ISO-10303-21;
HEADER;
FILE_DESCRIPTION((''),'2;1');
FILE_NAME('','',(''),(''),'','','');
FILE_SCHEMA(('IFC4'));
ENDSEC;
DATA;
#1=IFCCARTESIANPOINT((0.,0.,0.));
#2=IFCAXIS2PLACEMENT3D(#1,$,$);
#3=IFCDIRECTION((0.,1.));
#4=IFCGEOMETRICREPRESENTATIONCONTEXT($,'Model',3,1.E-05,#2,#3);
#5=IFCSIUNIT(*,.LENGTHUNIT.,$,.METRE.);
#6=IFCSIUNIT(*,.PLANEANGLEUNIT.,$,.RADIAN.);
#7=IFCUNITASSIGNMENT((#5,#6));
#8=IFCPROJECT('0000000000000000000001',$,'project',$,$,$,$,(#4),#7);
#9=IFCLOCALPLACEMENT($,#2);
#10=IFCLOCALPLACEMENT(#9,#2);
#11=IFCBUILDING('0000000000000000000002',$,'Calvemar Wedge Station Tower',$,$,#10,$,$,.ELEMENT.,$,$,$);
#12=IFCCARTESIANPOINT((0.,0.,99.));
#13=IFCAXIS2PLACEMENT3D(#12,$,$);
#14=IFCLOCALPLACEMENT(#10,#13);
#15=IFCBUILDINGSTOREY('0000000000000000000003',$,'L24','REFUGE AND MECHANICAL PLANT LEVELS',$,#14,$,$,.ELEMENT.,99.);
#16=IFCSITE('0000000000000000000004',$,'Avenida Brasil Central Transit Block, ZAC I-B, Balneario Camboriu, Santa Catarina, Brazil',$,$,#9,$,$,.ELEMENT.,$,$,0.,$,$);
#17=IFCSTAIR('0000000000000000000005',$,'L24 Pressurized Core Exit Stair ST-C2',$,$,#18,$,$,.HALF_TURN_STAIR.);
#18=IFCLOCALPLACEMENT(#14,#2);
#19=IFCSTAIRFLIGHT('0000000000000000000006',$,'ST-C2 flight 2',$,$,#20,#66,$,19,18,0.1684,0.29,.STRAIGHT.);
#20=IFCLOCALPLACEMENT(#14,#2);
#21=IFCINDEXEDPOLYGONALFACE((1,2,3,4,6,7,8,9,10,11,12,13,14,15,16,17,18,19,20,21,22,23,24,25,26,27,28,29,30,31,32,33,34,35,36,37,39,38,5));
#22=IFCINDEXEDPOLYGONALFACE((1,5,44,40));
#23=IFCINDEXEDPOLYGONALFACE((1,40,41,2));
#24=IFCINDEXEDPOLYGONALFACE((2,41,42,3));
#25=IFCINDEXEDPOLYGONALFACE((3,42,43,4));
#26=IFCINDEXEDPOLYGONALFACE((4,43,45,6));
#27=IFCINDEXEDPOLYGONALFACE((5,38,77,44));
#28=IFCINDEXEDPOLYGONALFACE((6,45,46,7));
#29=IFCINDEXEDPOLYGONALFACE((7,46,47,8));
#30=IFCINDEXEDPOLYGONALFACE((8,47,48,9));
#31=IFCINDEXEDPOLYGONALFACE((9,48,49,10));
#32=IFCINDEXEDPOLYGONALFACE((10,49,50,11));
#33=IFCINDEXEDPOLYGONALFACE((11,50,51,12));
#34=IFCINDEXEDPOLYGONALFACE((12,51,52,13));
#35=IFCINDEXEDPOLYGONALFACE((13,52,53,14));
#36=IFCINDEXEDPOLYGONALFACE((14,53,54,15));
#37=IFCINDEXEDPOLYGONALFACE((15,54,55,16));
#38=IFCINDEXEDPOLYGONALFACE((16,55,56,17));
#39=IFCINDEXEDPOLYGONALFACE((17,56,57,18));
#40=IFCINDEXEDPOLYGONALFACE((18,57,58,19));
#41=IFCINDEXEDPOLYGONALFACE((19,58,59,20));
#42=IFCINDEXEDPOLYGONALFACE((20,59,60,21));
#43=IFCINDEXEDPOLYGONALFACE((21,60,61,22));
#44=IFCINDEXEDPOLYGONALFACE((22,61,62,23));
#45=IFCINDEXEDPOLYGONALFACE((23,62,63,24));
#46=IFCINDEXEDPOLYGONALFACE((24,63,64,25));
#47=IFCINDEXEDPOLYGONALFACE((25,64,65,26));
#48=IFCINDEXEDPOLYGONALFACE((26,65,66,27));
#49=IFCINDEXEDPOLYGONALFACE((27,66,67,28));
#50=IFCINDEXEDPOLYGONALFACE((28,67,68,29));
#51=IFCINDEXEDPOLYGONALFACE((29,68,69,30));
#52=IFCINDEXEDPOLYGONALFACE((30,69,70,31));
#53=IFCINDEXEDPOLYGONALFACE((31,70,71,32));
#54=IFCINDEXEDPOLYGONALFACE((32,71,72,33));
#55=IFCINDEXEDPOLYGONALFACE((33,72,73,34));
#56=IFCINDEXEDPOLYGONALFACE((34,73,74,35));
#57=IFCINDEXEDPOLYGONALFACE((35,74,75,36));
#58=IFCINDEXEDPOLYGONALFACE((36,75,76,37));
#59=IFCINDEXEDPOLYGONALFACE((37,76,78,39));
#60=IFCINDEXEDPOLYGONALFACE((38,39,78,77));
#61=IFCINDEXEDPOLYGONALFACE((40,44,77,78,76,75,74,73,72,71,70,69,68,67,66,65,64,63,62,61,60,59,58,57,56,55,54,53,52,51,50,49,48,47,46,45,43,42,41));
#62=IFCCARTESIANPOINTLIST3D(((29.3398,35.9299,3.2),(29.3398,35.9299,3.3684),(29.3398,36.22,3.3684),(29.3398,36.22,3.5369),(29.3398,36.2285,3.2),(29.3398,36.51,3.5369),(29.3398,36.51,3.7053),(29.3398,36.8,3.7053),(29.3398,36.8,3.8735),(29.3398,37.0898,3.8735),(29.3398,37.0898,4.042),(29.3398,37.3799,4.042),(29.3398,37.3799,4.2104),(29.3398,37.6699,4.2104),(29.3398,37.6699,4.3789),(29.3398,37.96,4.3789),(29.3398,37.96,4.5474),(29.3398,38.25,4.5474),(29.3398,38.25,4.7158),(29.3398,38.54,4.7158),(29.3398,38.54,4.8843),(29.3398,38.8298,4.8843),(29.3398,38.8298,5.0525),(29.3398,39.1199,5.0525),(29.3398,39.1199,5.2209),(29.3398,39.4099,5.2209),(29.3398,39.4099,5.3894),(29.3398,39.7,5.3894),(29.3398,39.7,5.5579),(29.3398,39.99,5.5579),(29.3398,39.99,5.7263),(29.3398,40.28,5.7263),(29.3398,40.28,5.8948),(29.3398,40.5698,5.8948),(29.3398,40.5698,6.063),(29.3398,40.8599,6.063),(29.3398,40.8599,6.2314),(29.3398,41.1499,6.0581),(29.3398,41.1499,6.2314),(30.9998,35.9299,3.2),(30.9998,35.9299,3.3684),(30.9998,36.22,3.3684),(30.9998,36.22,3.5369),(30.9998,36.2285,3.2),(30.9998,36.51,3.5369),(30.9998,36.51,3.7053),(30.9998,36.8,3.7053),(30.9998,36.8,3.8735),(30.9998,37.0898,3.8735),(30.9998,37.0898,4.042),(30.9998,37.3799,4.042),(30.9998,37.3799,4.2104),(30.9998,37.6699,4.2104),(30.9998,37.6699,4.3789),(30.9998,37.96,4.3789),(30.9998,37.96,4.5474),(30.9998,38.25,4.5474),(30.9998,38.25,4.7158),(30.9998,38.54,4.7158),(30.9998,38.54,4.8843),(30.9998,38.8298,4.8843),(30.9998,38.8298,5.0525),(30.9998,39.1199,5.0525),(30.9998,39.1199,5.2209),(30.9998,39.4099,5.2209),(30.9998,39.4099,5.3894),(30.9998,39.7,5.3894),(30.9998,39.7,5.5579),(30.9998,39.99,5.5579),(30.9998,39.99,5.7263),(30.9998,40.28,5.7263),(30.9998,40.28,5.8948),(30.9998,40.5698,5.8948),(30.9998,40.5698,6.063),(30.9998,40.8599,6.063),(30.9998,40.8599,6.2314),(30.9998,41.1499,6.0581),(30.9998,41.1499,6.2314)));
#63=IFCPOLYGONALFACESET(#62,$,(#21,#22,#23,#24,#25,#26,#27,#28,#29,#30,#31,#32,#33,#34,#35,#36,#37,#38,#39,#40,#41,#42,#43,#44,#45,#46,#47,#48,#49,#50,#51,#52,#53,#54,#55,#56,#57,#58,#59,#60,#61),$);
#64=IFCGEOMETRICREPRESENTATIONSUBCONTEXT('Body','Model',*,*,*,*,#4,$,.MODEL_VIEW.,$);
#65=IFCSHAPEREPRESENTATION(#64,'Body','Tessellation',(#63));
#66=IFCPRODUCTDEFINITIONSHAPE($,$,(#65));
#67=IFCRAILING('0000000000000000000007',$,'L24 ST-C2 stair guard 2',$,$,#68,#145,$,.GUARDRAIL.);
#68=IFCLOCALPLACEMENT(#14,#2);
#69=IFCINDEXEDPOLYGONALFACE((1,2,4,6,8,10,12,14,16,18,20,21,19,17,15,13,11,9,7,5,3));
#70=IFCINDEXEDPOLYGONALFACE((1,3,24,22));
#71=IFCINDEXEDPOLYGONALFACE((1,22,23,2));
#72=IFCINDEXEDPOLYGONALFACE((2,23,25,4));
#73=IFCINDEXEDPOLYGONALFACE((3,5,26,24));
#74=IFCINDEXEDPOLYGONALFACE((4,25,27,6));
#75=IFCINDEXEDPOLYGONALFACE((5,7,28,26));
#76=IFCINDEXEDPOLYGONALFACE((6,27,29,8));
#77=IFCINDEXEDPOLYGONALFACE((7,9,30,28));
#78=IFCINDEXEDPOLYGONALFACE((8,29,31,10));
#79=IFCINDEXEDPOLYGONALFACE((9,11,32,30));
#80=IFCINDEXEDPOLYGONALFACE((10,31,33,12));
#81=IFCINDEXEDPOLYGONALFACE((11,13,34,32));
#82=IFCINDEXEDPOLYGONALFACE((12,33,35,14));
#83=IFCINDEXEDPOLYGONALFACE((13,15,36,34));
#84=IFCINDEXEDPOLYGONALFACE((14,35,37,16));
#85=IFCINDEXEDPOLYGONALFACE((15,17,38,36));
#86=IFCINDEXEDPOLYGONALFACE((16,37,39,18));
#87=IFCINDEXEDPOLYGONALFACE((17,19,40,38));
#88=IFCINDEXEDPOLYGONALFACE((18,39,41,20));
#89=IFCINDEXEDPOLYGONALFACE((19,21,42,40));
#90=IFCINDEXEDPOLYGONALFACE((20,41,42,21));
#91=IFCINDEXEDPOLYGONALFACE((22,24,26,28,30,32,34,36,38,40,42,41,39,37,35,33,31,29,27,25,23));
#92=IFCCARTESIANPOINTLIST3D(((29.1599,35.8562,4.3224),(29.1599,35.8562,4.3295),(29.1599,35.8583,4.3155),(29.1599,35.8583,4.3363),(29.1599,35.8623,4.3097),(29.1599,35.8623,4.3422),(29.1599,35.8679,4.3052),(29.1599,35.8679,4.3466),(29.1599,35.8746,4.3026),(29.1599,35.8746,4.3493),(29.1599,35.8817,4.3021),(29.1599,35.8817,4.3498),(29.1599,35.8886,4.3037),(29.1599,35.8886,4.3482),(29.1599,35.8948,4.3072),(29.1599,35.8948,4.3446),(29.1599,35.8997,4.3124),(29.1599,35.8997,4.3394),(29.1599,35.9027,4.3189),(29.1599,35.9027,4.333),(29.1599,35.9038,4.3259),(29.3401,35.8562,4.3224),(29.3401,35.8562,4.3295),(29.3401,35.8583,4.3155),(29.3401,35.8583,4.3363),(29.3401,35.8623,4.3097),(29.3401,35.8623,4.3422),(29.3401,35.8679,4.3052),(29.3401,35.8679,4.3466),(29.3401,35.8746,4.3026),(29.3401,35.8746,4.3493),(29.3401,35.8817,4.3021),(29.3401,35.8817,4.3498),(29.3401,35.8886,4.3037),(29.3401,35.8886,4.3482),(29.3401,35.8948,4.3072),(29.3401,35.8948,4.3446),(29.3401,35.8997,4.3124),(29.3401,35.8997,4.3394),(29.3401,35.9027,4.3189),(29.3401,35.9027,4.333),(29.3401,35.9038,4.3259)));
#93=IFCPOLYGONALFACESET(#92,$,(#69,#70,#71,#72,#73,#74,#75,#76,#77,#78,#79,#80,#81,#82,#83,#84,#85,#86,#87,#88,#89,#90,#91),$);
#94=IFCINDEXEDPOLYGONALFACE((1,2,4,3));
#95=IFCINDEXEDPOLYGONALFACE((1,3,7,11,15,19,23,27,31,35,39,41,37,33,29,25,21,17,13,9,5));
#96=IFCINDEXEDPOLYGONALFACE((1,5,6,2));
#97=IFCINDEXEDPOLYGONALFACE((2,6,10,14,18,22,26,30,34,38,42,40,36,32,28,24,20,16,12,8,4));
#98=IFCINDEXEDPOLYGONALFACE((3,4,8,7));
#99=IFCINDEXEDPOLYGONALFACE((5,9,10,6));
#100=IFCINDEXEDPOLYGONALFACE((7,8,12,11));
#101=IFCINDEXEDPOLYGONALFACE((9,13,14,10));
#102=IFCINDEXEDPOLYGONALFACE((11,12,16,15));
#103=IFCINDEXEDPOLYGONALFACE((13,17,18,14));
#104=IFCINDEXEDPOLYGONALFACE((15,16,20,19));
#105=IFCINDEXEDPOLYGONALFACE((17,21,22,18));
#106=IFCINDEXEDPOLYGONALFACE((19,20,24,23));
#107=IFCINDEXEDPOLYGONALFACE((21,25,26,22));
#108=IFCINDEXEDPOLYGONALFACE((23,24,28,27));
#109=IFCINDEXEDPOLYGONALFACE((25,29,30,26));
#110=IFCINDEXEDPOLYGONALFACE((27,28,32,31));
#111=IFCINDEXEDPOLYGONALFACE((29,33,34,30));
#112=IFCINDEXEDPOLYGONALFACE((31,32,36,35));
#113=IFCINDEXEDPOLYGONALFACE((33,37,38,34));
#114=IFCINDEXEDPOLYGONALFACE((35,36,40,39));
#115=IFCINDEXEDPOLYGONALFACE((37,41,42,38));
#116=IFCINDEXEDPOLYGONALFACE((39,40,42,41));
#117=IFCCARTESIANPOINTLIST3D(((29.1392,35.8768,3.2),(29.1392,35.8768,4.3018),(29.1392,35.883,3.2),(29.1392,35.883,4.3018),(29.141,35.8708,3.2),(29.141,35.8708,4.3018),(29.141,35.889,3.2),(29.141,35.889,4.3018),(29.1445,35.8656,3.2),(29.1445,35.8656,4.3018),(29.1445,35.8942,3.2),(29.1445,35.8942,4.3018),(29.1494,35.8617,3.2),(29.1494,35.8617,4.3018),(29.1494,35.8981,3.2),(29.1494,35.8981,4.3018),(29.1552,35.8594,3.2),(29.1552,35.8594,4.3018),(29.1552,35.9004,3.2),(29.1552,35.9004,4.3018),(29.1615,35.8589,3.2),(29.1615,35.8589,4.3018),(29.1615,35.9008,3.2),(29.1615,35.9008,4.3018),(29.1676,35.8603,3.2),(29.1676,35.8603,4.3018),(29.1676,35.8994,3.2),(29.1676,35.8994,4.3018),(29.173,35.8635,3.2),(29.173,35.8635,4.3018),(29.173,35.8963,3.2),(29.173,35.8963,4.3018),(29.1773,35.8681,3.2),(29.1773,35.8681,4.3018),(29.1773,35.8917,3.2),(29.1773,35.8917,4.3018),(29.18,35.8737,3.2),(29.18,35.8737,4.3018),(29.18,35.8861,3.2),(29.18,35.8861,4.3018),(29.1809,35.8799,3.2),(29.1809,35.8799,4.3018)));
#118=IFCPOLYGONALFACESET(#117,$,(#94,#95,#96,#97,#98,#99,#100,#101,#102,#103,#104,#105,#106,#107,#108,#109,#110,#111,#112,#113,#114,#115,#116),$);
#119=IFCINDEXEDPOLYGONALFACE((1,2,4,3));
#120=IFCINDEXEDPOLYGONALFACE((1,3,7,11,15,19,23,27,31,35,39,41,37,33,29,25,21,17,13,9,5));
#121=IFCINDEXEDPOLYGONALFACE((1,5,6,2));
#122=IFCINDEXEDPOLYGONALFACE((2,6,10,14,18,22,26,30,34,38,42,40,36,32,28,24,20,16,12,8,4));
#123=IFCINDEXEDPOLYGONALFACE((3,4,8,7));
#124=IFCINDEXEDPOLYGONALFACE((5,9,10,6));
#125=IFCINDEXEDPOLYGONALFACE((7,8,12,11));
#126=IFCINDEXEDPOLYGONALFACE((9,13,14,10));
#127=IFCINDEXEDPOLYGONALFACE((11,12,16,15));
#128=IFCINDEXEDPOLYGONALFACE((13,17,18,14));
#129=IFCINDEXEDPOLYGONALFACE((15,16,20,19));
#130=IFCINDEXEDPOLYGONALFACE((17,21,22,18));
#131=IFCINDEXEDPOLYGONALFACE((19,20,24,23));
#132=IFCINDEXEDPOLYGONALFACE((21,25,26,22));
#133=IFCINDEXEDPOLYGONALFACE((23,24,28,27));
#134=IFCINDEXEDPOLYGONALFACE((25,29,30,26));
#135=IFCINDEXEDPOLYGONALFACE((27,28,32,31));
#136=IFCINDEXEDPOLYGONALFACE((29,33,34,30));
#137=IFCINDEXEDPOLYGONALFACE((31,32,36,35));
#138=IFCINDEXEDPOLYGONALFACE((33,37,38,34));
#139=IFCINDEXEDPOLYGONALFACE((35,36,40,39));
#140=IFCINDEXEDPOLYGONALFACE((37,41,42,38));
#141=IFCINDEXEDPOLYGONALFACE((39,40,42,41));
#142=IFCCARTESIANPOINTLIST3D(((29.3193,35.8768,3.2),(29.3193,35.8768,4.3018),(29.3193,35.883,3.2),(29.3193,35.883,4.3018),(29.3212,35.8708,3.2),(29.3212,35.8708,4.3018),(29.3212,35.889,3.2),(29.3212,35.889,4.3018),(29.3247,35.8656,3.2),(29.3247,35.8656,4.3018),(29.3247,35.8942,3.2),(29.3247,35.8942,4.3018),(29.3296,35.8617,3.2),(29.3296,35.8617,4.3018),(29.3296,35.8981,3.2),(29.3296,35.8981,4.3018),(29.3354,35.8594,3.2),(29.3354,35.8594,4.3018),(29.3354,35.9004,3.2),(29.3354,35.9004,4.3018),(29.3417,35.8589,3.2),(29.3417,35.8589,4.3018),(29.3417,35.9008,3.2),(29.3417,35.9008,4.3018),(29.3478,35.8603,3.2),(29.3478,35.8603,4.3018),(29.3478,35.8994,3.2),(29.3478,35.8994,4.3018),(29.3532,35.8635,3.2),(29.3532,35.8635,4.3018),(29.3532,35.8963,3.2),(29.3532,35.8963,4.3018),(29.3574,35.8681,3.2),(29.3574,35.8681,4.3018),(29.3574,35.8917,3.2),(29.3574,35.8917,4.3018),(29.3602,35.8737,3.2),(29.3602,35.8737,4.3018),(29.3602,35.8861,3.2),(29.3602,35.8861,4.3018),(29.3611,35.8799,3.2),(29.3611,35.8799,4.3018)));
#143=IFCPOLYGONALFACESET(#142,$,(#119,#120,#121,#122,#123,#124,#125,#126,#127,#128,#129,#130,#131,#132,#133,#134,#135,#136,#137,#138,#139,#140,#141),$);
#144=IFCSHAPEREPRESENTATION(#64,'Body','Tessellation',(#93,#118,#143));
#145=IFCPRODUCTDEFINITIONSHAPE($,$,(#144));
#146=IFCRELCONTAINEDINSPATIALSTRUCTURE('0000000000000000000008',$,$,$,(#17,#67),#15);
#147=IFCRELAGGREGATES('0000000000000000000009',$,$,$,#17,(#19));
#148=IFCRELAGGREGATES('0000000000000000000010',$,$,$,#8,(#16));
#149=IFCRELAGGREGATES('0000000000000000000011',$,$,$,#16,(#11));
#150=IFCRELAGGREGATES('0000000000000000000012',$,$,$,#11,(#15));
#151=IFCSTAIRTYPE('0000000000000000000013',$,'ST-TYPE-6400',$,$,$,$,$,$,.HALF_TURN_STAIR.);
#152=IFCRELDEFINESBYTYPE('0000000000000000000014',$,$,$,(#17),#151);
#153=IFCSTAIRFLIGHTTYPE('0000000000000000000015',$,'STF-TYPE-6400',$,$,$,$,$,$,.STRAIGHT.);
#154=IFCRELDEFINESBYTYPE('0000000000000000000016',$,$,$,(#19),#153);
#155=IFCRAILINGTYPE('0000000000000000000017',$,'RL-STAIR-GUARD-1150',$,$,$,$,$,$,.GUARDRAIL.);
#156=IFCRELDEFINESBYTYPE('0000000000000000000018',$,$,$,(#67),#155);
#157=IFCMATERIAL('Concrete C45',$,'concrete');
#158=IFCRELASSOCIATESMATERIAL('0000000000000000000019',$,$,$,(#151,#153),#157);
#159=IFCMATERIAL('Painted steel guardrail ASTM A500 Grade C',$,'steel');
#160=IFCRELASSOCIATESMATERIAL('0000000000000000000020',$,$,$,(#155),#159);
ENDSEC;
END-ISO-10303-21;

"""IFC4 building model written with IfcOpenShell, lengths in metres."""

from ifc_helpers import new_model, si_unit, direction, frame, origin, origin_2d, place, context, subcontext, project, spatial, polyline, circle, outline, extrude, material, type_object, element, aggregate, save


model = new_model("IFC4")

# Units and contexts
model_context = context("Model", 3, precision=1e-05, world=origin(), true_north=direction((0.0, 1.0)))
body_context = subcontext(model_context, "Body", "Model", "MODEL_VIEW")
ifc_project = project(units=[si_unit("LENGTHUNIT", "METRE"), si_unit("PLANEANGLEUNIT", "RADIAN")], contexts=[model_context])

# Site, building, storey
site_placement = place(None, origin())
site = spatial("IfcSite", under=ifc_project, at=site_placement, Name="Avenida Brasil Central Transit Block, ZAC I-B, Balneario Camboriu, Santa Catarina, Brazil", CompositionType="ELEMENT", RefElevation=0.0)
building_placement = place(site_placement, origin())
building = spatial("IfcBuilding", under=site, at=building_placement, Name="Calvemar Wedge Station Tower", CompositionType="ELEMENT")
storey_placement = place(building_placement, frame((0.0, 0.0, 99.0)))
storey = spatial("IfcBuildingStorey", under=building, at=storey_placement, Name="L24", Description="REFUGE AND MECHANICAL PLANT LEVELS", CompositionType="ELEMENT", Elevation=99.0)

# Stair, stair flight
ifc_material_1 = material(Name="Concrete C45", Category="concrete")
stair_type = type_object("IfcStairType", Name="ST-TYPE-6400", PredefinedType="HALF_TURN_STAIR", material=ifc_material_1)
stair_placement = place(storey_placement, origin())
stair = element("IfcStair", 1, at=stair_placement, inside=storey, type_object=stair_type, Name="L24 Pressurized Core Exit Stair ST-C2", PredefinedType="HALF_TURN_STAIR")
stair_flight_type = type_object("IfcStairFlightType", Name="STF-TYPE-6400", PredefinedType="STRAIGHT", material=ifc_material_1)
stair_flight_placement = place(storey_placement, frame((30.1699, 35.9299, 3.2), z_axis=(0.0, 0.0, 1.0), x_axis=(0.0, 1.0, 0.0)))
stair_flight = element("IfcStairFlight", 2, at=stair_flight_placement, type_object=stair_flight_type, Name="ST-C2 flight 2", NumberOfRisers=19, NumberOfTreads=18, PredefinedType="STRAIGHT", RiserHeight=0.1684, TreadLength=0.29, context=body_context, shape_type="SweptSolid", body=[
    extrude(outline(polyline([(0.0, 0.0), (0.0, 0.1685), (0.29, 0.1685), (0.29, 0.3369), (0.5801, 0.3369), (0.5801, 0.5054), (0.8701, 0.5054), (0.8701, 0.6736), (1.1599, 0.6736), (1.1599, 0.842), (1.45, 0.842), (1.45, 1.0105), (1.74, 1.0105), (1.74, 1.179), (2.03, 1.179), (2.03, 1.3474), (2.3201, 1.3474), (2.3201, 1.5159), (2.6101, 1.5159), (2.6101, 1.6843), (2.8999, 1.6843), (2.8999, 1.8525), (3.1899, 1.8525), (3.1899, 2.021), (3.48, 2.021), (3.48, 2.1895), (3.77, 2.1895), (3.77, 2.3579), (4.0601, 2.3579), (4.0601, 2.5264), (4.3501, 2.5264), (4.3501, 2.6948), (4.6399, 2.6948), (4.6399, 2.863), (4.9299, 2.863), (4.9299, 3.0315), (5.22, 3.0315), (5.22, 3.2), (5.22, 2.8582), (0.2986, 0.0), (0.0, 0.0)])), frame((0.0, 0.8301, 0.0), z_axis=(0.0, -1.0, 0.0), x_axis=(1.0, 0.0, 0.0)), (0.0, 0.0, 1.0), 1.6599),
])
aggregate(stair, [stair_flight])

# Railing
ifc_material_2 = material(Name="Painted steel guardrail ASTM A500 Grade C", Category="steel")
railing_type_1 = type_object("IfcRailingType", Name="RL-STAIR-GUARD-1150", PredefinedType="GUARDRAIL", material=ifc_material_2)
railing_1_placement = place(storey_placement, frame((29.1599, 35.8799, 3.2)))
element("IfcRailing", 3, at=railing_1_placement, inside=storey, type_object=railing_type_1, Name="L24 ST-C2 stair guard 2", PredefinedType="GUARDRAIL", context=body_context, shape_type="SweptSolid", body=[
    extrude(circle(Radius=0.0239, at=origin_2d()), frame((0.0, 0.0, 1.126), z_axis=(1.0, 0.0, 0.0), x_axis=(0.0, 1.0, 0.0)), (0.0, 0.0, 1.0), 0.1802),
    extrude(circle(Radius=0.021, at=origin_2d()), origin(), (0.0, 0.0, 1.0), 1.1018),
    extrude(circle(Radius=0.021, at=origin_2d()), frame((0.1802, 0.0, 0.0)), (0.0, 0.0, 1.0), 1.1018),
])

save(model, "model.ifc")
